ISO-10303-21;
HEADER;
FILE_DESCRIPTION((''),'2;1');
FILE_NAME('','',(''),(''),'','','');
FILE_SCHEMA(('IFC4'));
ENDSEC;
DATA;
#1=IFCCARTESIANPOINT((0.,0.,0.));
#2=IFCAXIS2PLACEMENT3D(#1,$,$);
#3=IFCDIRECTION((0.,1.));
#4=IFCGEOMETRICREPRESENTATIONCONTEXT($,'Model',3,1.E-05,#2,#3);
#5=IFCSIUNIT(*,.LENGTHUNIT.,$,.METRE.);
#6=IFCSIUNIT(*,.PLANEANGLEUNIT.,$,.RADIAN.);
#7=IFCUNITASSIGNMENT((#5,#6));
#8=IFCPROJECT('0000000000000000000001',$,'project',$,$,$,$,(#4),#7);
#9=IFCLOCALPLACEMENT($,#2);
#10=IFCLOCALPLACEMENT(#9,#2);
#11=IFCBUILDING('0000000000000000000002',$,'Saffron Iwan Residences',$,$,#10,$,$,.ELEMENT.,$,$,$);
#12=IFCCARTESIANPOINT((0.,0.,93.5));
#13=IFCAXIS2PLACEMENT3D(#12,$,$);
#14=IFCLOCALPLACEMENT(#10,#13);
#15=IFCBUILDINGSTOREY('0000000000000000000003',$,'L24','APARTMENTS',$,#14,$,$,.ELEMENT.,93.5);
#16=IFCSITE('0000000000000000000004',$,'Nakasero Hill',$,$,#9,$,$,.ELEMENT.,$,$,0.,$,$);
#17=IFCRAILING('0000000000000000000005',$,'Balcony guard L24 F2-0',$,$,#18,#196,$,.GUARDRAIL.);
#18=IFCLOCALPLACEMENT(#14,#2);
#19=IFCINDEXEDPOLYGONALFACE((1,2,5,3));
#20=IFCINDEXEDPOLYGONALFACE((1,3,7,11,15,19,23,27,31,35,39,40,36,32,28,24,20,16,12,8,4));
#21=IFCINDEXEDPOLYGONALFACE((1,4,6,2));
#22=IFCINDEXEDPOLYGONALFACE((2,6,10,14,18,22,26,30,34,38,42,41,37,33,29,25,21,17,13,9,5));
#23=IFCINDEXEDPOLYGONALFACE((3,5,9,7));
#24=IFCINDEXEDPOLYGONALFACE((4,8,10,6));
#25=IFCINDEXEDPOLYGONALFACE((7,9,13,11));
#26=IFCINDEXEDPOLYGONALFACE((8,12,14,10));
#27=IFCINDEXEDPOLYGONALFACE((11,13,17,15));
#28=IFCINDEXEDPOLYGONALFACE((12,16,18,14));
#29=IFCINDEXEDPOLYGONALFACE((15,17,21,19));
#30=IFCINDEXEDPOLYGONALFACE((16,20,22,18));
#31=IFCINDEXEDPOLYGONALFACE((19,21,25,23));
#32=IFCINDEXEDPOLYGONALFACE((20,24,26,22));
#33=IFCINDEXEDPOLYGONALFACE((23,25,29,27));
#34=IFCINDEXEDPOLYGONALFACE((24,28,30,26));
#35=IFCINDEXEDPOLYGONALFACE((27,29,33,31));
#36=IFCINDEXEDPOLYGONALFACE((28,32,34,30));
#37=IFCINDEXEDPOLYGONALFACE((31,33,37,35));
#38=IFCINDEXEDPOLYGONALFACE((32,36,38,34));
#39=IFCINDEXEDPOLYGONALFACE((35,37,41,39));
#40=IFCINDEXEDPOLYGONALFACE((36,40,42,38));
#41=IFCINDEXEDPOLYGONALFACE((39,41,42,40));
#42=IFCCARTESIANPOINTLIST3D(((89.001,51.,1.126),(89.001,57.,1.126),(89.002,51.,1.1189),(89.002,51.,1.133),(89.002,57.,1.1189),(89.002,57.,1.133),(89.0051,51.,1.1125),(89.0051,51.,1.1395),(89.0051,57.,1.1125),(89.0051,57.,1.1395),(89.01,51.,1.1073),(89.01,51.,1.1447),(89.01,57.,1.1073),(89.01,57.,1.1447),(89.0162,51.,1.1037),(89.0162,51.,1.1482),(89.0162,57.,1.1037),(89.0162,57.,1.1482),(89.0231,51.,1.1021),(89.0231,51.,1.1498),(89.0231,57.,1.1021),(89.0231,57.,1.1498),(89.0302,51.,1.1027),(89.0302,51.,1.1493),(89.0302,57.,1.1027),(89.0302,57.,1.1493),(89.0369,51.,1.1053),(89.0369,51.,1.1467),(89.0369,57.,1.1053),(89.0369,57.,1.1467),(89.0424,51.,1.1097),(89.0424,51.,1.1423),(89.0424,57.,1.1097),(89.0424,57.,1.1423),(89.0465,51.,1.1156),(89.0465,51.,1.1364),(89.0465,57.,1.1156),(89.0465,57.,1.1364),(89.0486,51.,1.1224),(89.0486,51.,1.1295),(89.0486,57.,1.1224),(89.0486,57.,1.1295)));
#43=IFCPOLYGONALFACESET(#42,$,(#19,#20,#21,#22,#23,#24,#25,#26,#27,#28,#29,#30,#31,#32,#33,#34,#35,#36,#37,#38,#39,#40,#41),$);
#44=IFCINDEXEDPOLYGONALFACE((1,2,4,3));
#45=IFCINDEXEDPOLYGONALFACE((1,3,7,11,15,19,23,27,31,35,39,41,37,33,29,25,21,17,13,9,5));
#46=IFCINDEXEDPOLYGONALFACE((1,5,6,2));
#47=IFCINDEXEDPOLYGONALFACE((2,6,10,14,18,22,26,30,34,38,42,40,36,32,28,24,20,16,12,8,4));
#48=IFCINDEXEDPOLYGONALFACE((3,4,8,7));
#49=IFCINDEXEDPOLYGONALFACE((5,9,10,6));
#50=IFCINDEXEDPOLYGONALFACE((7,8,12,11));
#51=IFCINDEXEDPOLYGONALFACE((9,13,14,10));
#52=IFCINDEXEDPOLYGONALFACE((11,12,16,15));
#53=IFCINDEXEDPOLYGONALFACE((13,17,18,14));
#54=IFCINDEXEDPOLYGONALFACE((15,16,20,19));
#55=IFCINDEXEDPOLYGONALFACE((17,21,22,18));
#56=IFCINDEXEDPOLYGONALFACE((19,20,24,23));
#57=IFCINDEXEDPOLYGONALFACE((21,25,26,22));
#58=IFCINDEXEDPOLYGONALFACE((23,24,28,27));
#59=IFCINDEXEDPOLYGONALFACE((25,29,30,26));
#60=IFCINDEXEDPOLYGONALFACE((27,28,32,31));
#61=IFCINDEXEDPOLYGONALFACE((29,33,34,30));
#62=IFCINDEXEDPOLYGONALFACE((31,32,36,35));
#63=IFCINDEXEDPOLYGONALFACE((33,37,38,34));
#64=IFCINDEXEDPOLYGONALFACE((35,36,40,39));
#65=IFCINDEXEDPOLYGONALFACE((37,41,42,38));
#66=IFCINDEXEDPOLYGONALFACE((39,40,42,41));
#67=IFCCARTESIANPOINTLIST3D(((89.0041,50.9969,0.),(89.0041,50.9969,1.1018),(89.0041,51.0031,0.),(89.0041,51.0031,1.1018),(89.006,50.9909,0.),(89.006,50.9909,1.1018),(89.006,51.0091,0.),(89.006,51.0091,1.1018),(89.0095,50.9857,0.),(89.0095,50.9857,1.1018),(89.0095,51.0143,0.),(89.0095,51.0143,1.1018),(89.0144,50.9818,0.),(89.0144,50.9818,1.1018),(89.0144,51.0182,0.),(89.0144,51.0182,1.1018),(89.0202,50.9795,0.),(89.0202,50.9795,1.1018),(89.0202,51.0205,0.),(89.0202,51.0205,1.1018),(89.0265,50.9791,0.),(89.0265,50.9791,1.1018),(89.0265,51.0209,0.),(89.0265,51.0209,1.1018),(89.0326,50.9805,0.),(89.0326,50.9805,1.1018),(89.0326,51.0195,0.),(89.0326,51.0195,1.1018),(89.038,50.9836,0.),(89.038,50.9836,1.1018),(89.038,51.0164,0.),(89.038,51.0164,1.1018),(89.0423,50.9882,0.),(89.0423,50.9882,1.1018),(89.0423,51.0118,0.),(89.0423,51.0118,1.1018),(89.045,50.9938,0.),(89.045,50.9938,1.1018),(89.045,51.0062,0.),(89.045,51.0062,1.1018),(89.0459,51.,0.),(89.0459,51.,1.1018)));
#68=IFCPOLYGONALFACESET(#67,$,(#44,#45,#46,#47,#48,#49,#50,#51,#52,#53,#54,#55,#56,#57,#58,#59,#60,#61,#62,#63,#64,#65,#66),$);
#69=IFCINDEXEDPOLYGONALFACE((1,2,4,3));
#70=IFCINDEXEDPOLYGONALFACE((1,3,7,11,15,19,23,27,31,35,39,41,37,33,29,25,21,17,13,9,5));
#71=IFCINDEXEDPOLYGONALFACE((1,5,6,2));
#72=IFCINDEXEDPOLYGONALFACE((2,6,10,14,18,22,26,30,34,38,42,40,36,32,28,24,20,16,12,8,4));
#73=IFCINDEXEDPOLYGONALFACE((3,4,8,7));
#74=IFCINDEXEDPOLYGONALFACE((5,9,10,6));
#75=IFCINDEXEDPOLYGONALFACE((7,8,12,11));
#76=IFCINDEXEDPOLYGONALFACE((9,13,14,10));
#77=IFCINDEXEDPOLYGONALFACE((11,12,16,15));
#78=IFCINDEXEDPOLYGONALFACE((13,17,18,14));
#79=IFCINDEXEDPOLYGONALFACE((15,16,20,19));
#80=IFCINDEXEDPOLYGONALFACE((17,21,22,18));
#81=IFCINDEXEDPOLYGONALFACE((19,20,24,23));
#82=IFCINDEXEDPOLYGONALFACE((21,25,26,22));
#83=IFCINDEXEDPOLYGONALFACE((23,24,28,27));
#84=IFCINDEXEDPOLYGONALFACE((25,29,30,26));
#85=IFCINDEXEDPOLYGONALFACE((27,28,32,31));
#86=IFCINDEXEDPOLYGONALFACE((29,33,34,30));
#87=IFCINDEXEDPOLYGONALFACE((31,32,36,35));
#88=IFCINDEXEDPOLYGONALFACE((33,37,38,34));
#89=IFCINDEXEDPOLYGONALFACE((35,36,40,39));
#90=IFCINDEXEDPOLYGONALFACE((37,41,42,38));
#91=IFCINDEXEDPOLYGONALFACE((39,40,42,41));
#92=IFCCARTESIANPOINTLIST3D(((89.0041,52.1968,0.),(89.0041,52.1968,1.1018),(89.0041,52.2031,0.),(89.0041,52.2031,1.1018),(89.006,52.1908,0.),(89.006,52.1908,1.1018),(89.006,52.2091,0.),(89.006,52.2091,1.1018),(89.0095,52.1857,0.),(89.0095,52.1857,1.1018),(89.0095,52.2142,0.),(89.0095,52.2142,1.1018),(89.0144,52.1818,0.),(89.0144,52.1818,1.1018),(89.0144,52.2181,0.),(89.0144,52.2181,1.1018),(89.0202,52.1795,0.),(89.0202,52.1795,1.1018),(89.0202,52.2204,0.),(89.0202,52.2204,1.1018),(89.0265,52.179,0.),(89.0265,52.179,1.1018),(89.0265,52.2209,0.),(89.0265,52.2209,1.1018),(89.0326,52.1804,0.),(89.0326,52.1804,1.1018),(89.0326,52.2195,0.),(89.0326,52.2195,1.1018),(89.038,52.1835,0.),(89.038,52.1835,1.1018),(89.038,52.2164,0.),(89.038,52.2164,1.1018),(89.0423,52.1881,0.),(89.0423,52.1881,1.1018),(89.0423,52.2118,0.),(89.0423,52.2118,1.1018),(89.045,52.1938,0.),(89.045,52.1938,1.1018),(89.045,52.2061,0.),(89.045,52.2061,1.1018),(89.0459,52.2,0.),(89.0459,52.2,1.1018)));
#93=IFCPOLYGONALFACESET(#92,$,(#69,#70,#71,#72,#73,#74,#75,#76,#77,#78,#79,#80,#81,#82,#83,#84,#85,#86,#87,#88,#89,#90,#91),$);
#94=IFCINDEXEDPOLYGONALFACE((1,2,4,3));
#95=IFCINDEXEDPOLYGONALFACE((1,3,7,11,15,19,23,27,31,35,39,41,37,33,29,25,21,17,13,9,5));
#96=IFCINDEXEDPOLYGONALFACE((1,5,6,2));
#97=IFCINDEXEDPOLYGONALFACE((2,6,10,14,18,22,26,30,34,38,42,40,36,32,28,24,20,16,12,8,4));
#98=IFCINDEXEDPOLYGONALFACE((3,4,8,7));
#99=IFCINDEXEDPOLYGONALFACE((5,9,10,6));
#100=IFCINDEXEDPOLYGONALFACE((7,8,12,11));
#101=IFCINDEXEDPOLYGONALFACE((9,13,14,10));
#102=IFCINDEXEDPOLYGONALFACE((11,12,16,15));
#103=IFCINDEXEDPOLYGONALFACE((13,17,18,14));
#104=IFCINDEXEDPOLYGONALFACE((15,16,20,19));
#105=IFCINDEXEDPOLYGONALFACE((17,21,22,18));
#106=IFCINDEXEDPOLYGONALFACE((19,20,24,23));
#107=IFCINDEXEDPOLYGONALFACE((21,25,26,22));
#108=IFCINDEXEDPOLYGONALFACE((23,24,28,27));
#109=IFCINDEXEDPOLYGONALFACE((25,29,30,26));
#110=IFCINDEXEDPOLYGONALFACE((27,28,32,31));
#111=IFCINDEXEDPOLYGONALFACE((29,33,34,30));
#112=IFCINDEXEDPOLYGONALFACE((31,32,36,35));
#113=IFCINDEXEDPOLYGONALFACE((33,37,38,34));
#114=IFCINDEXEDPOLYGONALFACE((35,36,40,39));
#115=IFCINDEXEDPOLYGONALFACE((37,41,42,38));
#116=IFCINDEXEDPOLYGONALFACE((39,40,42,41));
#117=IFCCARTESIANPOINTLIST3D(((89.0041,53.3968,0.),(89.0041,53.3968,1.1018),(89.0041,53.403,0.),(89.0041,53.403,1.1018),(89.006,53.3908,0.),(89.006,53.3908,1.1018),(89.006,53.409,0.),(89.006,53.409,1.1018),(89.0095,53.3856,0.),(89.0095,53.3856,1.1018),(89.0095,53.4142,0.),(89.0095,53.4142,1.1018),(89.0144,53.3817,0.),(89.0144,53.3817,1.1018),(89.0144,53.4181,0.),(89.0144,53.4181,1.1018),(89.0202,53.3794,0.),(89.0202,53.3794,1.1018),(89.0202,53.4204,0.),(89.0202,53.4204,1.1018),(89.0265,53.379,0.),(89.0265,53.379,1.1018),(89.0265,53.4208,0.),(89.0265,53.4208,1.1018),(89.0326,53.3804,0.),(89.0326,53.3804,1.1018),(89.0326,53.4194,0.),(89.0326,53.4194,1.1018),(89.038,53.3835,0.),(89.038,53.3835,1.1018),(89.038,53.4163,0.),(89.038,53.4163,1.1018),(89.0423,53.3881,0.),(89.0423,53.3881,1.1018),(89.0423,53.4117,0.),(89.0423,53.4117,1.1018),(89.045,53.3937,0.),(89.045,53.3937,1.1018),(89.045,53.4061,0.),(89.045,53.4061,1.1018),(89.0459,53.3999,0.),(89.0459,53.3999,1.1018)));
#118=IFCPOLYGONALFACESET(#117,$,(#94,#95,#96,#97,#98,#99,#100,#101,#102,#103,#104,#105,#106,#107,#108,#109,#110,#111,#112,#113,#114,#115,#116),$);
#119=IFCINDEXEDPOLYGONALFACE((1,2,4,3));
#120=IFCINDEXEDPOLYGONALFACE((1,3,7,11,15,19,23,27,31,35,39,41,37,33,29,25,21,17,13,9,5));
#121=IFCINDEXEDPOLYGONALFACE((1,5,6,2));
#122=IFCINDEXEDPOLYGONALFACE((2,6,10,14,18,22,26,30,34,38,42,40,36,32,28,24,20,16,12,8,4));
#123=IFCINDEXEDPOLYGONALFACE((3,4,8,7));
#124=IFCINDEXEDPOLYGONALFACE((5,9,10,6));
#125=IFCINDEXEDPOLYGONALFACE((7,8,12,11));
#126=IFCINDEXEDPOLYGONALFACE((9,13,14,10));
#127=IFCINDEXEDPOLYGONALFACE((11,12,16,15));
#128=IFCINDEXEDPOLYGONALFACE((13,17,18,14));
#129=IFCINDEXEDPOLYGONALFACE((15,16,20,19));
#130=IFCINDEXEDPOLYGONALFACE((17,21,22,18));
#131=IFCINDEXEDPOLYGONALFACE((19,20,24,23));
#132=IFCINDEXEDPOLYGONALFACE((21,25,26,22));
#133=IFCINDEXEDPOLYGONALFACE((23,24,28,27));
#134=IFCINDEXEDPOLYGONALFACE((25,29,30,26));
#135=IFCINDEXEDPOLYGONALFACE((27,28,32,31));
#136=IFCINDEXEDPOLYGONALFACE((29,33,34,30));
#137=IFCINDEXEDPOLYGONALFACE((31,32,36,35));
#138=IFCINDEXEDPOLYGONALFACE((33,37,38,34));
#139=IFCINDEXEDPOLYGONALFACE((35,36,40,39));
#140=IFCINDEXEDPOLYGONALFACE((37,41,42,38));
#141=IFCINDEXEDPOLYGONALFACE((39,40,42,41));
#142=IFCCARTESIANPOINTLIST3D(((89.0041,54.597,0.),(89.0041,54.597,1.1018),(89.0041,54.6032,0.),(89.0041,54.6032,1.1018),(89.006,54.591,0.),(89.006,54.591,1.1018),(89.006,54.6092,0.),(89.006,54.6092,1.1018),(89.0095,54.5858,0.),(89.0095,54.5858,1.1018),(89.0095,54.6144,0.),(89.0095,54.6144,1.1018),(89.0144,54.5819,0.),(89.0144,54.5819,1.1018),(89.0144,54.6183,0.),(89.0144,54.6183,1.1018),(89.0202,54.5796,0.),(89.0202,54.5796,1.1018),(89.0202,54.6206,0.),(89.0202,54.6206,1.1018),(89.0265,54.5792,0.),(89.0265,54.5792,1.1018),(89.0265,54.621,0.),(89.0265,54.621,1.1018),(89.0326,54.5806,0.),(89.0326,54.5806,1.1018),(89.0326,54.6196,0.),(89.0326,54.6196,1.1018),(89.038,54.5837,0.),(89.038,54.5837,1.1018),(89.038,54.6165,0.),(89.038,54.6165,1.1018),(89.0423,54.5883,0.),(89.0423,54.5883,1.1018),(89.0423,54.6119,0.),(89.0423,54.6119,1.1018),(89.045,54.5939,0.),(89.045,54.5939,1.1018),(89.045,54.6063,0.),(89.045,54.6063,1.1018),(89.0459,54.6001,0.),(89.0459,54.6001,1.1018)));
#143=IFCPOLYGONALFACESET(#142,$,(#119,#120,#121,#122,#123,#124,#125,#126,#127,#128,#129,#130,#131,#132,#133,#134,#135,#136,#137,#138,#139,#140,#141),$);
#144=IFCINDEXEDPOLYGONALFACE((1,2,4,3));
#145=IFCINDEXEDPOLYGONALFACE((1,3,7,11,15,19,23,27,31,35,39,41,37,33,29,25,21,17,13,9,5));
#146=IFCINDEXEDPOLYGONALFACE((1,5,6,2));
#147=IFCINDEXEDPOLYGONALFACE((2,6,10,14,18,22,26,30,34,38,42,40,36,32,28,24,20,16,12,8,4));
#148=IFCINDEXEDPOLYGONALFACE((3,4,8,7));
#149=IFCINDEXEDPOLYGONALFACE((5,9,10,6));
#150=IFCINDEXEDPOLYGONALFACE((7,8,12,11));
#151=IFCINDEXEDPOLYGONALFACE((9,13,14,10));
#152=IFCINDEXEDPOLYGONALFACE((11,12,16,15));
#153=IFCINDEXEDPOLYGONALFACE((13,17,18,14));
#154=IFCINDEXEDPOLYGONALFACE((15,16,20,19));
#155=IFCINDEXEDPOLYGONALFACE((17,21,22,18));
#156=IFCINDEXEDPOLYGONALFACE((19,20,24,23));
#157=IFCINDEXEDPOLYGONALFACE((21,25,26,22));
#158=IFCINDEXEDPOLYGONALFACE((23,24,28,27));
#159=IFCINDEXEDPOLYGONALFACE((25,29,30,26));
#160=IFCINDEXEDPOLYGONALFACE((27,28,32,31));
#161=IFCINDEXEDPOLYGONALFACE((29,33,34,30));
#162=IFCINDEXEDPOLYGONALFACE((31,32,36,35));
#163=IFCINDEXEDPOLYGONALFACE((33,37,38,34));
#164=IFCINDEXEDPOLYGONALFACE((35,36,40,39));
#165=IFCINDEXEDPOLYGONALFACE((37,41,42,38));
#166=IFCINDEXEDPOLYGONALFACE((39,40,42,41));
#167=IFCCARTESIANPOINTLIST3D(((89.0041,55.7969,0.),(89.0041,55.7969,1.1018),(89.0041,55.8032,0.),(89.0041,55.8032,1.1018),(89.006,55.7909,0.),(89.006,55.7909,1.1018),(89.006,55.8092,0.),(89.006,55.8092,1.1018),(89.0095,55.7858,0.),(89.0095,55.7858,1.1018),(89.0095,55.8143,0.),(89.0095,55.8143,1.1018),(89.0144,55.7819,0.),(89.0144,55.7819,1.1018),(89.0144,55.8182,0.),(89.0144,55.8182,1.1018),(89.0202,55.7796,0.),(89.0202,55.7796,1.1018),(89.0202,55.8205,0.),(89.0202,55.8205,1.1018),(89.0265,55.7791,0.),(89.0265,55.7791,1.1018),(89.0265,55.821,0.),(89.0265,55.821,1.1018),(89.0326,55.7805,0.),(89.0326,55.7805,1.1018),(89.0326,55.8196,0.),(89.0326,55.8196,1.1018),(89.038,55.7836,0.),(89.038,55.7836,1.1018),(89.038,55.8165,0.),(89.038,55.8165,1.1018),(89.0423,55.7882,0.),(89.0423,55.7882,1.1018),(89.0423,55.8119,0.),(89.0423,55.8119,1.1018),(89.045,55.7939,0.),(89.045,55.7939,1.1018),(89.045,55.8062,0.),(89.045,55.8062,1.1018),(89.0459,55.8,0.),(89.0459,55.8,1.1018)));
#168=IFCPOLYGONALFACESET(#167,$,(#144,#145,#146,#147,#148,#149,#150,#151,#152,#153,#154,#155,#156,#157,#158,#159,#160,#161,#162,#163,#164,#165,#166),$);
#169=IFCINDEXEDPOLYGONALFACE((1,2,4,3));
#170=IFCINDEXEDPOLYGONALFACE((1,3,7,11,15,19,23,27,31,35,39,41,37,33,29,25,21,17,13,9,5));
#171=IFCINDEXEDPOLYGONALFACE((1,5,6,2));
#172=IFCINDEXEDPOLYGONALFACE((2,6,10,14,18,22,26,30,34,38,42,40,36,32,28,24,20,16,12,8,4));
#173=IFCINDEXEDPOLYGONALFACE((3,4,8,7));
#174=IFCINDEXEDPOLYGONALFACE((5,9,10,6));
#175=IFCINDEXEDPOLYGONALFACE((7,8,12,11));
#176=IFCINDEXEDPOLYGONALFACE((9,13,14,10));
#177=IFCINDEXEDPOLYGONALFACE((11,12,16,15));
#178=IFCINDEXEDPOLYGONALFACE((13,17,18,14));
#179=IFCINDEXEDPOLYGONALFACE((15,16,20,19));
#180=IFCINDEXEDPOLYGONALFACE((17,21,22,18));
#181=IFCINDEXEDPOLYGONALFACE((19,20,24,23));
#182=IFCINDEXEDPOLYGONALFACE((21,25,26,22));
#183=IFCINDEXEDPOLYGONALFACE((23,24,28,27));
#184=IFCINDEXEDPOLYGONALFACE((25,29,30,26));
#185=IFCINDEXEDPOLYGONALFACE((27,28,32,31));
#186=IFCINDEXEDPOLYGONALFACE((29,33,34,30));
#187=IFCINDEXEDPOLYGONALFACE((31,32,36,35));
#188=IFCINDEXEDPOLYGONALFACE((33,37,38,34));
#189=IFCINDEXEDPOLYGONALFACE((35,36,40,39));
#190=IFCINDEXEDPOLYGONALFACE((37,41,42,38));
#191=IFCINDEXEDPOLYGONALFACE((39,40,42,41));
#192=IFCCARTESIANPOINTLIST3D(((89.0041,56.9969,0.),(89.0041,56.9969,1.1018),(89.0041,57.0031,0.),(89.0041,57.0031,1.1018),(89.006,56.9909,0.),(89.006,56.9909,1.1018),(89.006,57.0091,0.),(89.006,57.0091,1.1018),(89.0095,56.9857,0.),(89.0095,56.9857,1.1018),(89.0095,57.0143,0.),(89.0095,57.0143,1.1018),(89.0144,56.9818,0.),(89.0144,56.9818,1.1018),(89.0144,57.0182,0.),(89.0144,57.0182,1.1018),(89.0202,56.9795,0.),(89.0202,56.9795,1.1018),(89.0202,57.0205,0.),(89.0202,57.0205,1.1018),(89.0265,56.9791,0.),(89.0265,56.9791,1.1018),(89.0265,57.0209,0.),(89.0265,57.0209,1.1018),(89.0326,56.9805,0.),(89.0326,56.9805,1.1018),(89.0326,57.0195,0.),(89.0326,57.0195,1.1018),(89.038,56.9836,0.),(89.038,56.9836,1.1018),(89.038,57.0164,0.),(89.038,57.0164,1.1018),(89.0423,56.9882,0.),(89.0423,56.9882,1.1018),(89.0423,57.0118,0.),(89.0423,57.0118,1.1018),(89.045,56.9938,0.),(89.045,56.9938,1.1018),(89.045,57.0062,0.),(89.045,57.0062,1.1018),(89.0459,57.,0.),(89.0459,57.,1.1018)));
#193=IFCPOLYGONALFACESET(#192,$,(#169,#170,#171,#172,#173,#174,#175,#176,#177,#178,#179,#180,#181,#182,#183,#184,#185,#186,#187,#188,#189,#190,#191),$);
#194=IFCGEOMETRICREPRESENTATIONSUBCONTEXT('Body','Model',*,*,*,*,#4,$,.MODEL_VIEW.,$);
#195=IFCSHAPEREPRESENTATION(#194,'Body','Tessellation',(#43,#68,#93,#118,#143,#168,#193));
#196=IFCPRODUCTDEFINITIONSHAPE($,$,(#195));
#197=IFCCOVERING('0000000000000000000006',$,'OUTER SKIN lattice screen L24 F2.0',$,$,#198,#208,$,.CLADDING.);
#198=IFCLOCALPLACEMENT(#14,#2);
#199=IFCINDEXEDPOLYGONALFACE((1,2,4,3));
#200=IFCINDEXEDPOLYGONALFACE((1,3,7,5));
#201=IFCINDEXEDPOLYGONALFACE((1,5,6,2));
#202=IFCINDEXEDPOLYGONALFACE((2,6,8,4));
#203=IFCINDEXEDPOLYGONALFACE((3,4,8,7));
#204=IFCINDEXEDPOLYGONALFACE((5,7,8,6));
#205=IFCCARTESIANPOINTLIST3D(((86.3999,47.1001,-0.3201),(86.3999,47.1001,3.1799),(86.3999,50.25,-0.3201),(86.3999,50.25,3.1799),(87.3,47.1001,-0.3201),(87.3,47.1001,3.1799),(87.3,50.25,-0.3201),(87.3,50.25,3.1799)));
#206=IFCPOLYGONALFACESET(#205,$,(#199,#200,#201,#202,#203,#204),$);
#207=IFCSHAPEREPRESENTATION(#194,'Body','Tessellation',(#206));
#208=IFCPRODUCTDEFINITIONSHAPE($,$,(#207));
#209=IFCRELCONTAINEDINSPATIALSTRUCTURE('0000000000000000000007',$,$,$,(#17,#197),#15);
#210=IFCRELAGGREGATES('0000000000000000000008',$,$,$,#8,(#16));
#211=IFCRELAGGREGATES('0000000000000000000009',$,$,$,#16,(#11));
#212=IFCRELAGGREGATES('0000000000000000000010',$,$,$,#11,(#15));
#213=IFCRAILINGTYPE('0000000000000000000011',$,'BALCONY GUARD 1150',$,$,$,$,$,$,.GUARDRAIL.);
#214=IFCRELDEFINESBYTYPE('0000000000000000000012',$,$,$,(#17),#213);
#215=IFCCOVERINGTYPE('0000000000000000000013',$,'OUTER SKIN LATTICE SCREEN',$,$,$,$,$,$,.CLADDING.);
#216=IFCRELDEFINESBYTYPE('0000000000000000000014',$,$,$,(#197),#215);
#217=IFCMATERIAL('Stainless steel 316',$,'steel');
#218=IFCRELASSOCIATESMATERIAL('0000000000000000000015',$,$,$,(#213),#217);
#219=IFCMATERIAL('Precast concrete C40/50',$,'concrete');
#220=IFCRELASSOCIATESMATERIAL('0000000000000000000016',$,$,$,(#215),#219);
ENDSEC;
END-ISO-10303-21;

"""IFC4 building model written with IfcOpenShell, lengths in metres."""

from ifc_helpers import new_model, si_unit, direction, frame, origin, origin_2d, place, context, subcontext, project, spatial, polyline, circle, outline, extrude, material, type_object, element, save


model = new_model("IFC4")

# Units and contexts
model_context = context("Model", 3, precision=1e-05, world=origin(), true_north=direction((0.0, 1.0)))
body_context = subcontext(model_context, "Body", "Model", "MODEL_VIEW")
ifc_project = project(units=[si_unit("LENGTHUNIT", "METRE"), si_unit("PLANEANGLEUNIT", "RADIAN")], contexts=[model_context])

# Site, building, storey
site_placement = place(None, origin())
site = spatial("IfcSite", under=ifc_project, at=site_placement, Name="Nakasero Hill", CompositionType="ELEMENT", RefElevation=0.0)
building_placement = place(site_placement, origin())
building = spatial("IfcBuilding", under=site, at=building_placement, Name="Saffron Iwan Residences", CompositionType="ELEMENT")
storey_placement = place(building_placement, frame((0.0, 0.0, 93.5)))
storey = spatial("IfcBuildingStorey", under=building, at=storey_placement, Name="L24", Description="APARTMENTS", CompositionType="ELEMENT", Elevation=93.5)

# Railing
ifc_material_1 = material(Name="Stainless steel 316", Category="steel")
railing_type = type_object("IfcRailingType", Name="BALCONY GUARD 1150", PredefinedType="GUARDRAIL", material=ifc_material_1)
railing_placement = place(storey_placement, frame((89.0249, 51.0, 0.0)))
element("IfcRailing", 1, at=railing_placement, inside=storey, type_object=railing_type, Name="Balcony guard L24 F2-0", PredefinedType="GUARDRAIL", context=body_context, shape_type="SweptSolid", body=[
    extrude(circle(Radius=0.0239, at=origin_2d()), frame((0.0, 0.0, 1.126), z_axis=(0.0, 1.0, 0.0), x_axis=(-1.0, 0.0, 0.0)), (0.0, 0.0, 1.0), 6.0),
    extrude(circle(Radius=0.021, at=origin_2d()), origin(), (0.0, 0.0, 1.0), 1.1018),
    extrude(circle(Radius=0.021, at=origin_2d()), frame((0.0, 1.2, 0.0)), (0.0, 0.0, 1.0), 1.1018),
    extrude(circle(Radius=0.021, at=origin_2d()), frame((0.0, 2.3999, 0.0)), (0.0, 0.0, 1.0), 1.1018),
    extrude(circle(Radius=0.021, at=origin_2d()), frame((0.0, 3.6001, 0.0)), (0.0, 0.0, 1.0), 1.1018),
    extrude(circle(Radius=0.021, at=origin_2d()), frame((0.0, 4.8, 0.0)), (0.0, 0.0, 1.0), 1.1018),
    extrude(circle(Radius=0.021, at=origin_2d()), frame((0.0, 6.0, 0.0)), (0.0, 0.0, 1.0), 1.1018),
])

# Covering
ifc_material_2 = material(Name="Precast concrete C40/50", Category="concrete")
covering_type = type_object("IfcCoveringType", Name="OUTER SKIN LATTICE SCREEN", PredefinedType="CLADDING", material=ifc_material_2)
covering_placement = place(storey_placement, frame((86.3999, 47.1001, -0.3201), z_axis=(1.0, 0.0, 0.0), x_axis=(0.0, 1.0, 0.0)))
element("IfcCovering", 2, at=covering_placement, inside=storey, type_object=covering_type, Name="OUTER SKIN lattice screen L24 F2.0", PredefinedType="CLADDING", context=body_context, shape_type="SweptSolid", body=[
    extrude(outline(polyline([(0.0, 0.0), (3.1499, 0.0), (3.1499, 3.5), (0.0, 3.5), (0.0, 0.0)])), origin(), (0.0, 0.0, 1.0), 0.9001),
])

save(model, "model.ifc")
